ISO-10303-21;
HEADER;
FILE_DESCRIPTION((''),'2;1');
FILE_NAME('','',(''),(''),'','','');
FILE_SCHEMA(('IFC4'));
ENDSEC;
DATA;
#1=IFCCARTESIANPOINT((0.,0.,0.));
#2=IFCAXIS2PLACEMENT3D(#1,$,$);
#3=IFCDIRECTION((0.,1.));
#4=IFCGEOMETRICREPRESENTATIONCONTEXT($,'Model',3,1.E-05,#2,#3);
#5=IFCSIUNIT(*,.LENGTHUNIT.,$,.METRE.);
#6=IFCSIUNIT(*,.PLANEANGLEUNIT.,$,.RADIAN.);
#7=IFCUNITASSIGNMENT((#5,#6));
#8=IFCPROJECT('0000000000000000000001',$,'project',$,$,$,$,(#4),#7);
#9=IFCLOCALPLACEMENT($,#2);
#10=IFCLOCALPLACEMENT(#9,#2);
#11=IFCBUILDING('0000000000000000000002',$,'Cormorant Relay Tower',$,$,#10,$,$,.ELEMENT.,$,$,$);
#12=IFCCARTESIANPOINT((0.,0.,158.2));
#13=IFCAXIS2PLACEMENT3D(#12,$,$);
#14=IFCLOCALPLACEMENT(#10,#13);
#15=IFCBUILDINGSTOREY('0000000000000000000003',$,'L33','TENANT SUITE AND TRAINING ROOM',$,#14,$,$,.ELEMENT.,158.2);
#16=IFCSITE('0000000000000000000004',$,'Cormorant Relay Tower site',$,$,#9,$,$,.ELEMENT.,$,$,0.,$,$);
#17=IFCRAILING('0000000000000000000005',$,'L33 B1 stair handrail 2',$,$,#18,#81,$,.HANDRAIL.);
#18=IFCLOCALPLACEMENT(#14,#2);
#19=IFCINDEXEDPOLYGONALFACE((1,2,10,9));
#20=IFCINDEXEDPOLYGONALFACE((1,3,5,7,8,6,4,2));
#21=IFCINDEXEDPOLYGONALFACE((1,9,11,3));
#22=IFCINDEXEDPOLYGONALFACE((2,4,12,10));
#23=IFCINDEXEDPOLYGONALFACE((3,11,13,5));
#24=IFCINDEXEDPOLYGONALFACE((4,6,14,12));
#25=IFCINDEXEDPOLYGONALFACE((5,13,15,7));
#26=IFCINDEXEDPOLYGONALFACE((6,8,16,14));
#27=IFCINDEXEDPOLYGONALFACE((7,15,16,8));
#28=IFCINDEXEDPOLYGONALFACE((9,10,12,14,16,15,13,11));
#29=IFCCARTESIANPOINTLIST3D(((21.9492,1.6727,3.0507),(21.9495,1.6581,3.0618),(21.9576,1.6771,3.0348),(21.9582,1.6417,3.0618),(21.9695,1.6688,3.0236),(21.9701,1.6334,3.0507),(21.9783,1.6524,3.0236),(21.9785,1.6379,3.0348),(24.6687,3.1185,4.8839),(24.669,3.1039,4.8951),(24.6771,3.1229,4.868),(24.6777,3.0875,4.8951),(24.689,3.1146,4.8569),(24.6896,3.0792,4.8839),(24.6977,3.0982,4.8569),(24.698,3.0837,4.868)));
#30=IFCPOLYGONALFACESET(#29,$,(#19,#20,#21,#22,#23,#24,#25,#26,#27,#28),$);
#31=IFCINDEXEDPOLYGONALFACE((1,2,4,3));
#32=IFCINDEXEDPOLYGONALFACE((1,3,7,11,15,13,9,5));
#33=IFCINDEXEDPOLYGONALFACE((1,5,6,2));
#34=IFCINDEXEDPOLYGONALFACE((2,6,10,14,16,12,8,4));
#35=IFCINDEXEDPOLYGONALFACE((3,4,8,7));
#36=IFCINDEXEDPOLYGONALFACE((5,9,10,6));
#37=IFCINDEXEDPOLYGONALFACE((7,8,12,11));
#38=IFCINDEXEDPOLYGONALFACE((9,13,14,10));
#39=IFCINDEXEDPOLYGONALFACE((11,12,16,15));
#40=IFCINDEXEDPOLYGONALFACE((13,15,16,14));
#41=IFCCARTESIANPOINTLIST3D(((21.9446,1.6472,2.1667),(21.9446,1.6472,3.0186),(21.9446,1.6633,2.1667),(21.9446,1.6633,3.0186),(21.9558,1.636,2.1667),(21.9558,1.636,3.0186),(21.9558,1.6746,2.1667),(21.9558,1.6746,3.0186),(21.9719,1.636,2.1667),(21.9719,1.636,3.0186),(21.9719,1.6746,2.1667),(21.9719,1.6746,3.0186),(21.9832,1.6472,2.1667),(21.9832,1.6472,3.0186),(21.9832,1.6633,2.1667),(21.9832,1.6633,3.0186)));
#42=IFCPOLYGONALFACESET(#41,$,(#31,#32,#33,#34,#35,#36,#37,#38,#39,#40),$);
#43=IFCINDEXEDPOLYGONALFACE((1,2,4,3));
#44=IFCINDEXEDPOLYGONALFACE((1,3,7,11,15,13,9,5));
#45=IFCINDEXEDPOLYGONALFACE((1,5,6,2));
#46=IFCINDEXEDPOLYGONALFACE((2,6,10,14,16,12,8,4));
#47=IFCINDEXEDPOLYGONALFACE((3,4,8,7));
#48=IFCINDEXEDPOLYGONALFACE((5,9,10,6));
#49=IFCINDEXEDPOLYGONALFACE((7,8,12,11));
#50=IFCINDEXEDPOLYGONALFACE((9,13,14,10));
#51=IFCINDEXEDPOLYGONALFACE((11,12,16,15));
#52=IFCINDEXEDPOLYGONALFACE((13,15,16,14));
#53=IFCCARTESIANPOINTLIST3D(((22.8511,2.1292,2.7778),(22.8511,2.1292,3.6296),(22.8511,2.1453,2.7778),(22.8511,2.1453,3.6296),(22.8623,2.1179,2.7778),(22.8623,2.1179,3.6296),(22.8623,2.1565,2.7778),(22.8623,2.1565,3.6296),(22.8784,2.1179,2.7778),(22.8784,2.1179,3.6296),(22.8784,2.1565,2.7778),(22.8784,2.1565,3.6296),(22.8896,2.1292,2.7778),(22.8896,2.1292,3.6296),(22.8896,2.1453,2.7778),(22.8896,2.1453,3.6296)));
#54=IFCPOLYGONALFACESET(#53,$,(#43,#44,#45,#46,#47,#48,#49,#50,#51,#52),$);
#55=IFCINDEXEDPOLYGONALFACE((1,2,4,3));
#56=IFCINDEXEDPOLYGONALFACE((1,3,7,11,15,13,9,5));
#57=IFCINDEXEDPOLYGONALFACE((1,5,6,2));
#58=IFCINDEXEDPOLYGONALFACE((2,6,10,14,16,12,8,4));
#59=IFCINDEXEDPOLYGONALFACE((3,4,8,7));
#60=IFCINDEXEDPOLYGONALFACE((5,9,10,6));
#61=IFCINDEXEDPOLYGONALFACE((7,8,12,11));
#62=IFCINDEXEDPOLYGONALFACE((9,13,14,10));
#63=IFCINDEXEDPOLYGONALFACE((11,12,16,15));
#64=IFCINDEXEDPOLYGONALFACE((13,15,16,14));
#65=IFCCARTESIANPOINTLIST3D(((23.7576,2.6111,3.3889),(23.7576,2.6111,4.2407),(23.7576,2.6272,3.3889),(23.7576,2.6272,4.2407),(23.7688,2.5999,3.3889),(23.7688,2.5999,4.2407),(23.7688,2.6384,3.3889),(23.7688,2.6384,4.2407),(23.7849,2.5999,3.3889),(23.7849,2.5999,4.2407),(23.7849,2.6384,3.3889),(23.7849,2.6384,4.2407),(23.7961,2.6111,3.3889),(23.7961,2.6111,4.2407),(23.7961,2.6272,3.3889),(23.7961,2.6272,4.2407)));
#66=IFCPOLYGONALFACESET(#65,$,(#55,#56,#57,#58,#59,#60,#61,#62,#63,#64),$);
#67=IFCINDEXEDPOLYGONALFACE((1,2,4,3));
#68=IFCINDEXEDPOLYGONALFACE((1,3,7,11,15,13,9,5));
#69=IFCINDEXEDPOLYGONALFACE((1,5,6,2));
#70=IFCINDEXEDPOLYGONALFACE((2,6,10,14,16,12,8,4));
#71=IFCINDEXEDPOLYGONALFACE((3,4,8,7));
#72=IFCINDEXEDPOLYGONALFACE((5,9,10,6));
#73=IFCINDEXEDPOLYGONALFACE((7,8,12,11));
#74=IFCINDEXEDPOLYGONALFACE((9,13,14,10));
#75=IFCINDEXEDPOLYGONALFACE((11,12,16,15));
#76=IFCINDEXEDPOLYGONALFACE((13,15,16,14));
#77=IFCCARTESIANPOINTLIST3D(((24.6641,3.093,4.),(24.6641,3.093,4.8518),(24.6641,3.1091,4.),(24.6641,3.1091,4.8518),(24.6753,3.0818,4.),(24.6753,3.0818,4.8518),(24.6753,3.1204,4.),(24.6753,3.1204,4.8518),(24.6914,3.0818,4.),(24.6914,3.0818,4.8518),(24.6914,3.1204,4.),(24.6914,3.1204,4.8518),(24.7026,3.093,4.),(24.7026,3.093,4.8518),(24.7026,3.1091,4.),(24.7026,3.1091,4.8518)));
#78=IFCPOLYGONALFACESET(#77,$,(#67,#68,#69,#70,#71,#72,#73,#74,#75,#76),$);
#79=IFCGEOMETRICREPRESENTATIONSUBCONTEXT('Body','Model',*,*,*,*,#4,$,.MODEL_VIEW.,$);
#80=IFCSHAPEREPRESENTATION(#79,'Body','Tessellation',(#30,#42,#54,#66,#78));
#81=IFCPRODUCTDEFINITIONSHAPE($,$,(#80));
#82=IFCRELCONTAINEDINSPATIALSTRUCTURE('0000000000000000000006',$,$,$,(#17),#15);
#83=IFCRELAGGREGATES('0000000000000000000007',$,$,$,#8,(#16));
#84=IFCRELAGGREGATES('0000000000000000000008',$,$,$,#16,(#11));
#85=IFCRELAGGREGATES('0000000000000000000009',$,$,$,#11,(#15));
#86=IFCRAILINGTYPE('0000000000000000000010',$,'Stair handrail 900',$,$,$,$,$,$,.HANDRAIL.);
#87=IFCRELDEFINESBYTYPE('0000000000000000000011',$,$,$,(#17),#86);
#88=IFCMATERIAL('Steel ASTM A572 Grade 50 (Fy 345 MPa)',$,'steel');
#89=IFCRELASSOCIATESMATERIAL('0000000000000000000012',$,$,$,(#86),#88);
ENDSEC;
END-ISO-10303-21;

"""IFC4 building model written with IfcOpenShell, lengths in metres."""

from ifc_helpers import new_model, si_unit, direction, frame, origin, place, context, subcontext, project, spatial, polyline, outline, extrude, material, type_object, element, save


model = new_model("IFC4")

# Units and contexts
model_context = context("Model", 3, precision=1e-05, world=origin(), true_north=direction((0.0, 1.0)))
body_context = subcontext(model_context, "Body", "Model", "MODEL_VIEW")
ifc_project = project(units=[si_unit("LENGTHUNIT", "METRE"), si_unit("PLANEANGLEUNIT", "RADIAN")], contexts=[model_context])

# Site, building, storey
site_placement = place(None, origin())
site = spatial("IfcSite", under=ifc_project, at=site_placement, Name="Cormorant Relay Tower site", CompositionType="ELEMENT", RefElevation=0.0)
building_placement = place(site_placement, origin())
building = spatial("IfcBuilding", under=site, at=building_placement, Name="Cormorant Relay Tower", CompositionType="ELEMENT")
storey_placement = place(building_placement, frame((0.0, 0.0, 158.2)))
storey = spatial("IfcBuildingStorey", under=building, at=storey_placement, Name="L33", Description="TENANT SUITE AND TRAINING ROOM", CompositionType="ELEMENT", Elevation=158.2)

# Railing
ifc_material_1 = material(Name="Steel ASTM A572 Grade 50 (Fy 345 MPa)", Category="steel")
railing_type_1 = type_object("IfcRailingType", Name="Stair handrail 900", PredefinedType="HANDRAIL", material=ifc_material_1)
railing_1_placement = place(storey_placement, frame((21.9639, 1.6553, 2.1667)))
element("IfcRailing", 1, at=railing_1_placement, inside=storey, type_object=railing_type_1, Name="L33 B1 stair handrail 2", PredefinedType="HANDRAIL", context=body_context, shape_type="SweptSolid", body=[
    extrude(outline(polyline([(0.0222, 0.0093), (0.0093, 0.0222), (-0.0093, 0.0222), (-0.0222, 0.0093), (-0.0222, -0.0093), (-0.0093, -0.0222), (0.0093, -0.0222), (0.0222, -0.0093), (0.0222, 0.0093)])), frame((0.0, 0.0, 0.876), z_axis=(0.758735, 0.403378, 0.511477), x_axis=(-0.469428, 0.882971, 0.0)), (0.0, 0.0, 1.0), 3.5842),
    extrude(outline(polyline([(0.0193, 0.0081), (0.0081, 0.0193), (-0.0081, 0.0193), (-0.0193, 0.0081), (-0.0193, -0.0081), (-0.0081, -0.0193), (0.0081, -0.0193), (0.0193, -0.0081), (0.0193, 0.0081)])), origin(), (0.0, 0.0, 1.0), 0.8518),
    extrude(outline(polyline([(0.0193, 0.0081), (0.0081, 0.0193), (-0.0081, 0.0193), (-0.0193, 0.0081), (-0.0193, -0.0081), (-0.0081, -0.0193), (0.0081, -0.0193), (0.0193, -0.0081), (0.0193, 0.0081)])), frame((0.9065, 0.4819, 0.6111)), (0.0, 0.0, 1.0), 0.8518),
    extrude(outline(polyline([(0.0193, 0.0081), (0.0081, 0.0193), (-0.0081, 0.0193), (-0.0193, 0.0081), (-0.0193, -0.0081), (-0.0081, -0.0193), (0.0081, -0.0193), (0.0193, -0.0081), (0.0193, 0.0081)])), frame((1.813, 0.9639, 1.2222)), (0.0, 0.0, 1.0), 0.8518),
    extrude(outline(polyline([(0.0193, 0.0081), (0.0081, 0.0193), (-0.0081, 0.0193), (-0.0193, 0.0081), (-0.0193, -0.0081), (-0.0081, -0.0193), (0.0081, -0.0193), (0.0193, -0.0081), (0.0193, 0.0081)])), frame((2.7195, 1.4458, 1.8333)), (0.0, 0.0, 1.0), 0.8518),
])

save(model, "model.ifc")
